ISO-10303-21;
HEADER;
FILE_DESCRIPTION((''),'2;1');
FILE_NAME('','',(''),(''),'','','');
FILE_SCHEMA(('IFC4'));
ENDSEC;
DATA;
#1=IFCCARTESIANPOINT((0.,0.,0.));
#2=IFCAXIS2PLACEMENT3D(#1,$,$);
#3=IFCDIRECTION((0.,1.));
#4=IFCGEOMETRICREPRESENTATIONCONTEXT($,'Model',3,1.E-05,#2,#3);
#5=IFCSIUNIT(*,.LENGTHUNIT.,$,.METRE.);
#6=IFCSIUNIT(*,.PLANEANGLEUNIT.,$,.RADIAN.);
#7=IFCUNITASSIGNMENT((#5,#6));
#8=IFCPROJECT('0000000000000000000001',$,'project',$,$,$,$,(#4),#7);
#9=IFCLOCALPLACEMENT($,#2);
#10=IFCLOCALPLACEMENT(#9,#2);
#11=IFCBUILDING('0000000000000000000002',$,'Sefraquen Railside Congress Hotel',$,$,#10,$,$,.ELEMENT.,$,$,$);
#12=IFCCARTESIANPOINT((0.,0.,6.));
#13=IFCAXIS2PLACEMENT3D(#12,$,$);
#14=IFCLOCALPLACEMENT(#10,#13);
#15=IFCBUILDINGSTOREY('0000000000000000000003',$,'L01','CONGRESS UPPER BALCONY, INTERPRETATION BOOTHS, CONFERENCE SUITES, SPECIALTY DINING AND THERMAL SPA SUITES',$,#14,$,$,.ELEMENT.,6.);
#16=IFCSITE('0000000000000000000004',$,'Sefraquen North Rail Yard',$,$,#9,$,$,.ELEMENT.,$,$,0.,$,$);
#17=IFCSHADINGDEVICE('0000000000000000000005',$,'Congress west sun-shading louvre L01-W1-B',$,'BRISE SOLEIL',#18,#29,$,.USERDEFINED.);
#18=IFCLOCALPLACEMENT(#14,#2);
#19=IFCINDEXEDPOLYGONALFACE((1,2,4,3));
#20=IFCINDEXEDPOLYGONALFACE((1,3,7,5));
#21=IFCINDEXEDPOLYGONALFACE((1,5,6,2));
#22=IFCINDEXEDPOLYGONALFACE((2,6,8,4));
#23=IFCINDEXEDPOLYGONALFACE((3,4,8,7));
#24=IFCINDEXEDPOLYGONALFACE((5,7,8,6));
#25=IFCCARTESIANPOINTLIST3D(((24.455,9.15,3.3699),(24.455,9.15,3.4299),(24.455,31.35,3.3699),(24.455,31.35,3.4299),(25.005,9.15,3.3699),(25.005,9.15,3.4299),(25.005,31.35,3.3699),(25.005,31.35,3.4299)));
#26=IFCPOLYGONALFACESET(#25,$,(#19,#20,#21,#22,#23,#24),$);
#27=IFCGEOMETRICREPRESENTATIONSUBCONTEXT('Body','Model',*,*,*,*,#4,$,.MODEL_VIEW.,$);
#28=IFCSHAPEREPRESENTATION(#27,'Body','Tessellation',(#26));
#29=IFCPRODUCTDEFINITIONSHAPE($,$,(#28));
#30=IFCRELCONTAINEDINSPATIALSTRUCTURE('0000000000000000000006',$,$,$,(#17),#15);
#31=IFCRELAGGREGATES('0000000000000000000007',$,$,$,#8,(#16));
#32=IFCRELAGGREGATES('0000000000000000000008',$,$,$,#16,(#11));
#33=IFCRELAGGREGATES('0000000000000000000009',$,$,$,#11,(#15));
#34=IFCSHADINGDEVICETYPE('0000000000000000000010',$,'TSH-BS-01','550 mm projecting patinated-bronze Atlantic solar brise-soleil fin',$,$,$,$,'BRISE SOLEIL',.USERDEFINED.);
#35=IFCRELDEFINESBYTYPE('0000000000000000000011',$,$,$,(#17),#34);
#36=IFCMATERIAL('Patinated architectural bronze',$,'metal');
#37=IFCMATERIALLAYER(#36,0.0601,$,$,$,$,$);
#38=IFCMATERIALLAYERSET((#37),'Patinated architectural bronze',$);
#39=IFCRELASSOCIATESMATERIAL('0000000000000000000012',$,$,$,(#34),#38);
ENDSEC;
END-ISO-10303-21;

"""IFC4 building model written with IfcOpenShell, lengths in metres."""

from ifc_helpers import new_model, si_unit, direction, frame, origin, origin_2d, place, context, subcontext, project, spatial, rectangle, extrude, material, layer, layer_set, type_object, element, save


model = new_model("IFC4")

# Units and contexts
model_context = context("Model", 3, precision=1e-05, world=origin(), true_north=direction((0.0, 1.0)))
body_context = subcontext(model_context, "Body", "Model", "MODEL_VIEW")
ifc_project = project(units=[si_unit("LENGTHUNIT", "METRE"), si_unit("PLANEANGLEUNIT", "RADIAN")], contexts=[model_context])

# Site, building, storey
site_placement = place(None, origin())
site = spatial("IfcSite", under=ifc_project, at=site_placement, Name="Sefraquen North Rail Yard", CompositionType="ELEMENT", RefElevation=0.0)
building_placement = place(site_placement, origin())
building = spatial("IfcBuilding", under=site, at=building_placement, Name="Sefraquen Railside Congress Hotel", CompositionType="ELEMENT")
storey_placement = place(building_placement, frame((0.0, 0.0, 6.0)))
storey = spatial("IfcBuildingStorey", under=building, at=storey_placement, Name="L01", Description="CONGRESS UPPER BALCONY, INTERPRETATION BOOTHS, CONFERENCE SUITES, SPECIALTY DINING AND THERMAL SPA SUITES", CompositionType="ELEMENT", Elevation=6.0)

# Shared definitions
ifc_material_1 = material(Name="Patinated architectural bronze", Category="metal")

# Shading device
ifc_layer_1 = layer(ifc_material_1, 0.0601)
ifc_layer_set_1 = layer_set([ifc_layer_1], Name="Patinated architectural bronze")
shading_device_type = type_object("IfcShadingDeviceType", Name="TSH-BS-01", Description="550 mm projecting patinated-bronze Atlantic solar brise-soleil fin", ElementType="BRISE SOLEIL", PredefinedType="USERDEFINED", material=ifc_layer_set_1)
for number, where, z_axis, x_axis, name in (
    (1, (24.73, 20.25, 3.3699), (0.0, 0.0, 1.0), (1.0, 0.0, 0.0), "Congress west sun-shading louvre L01-W1-B"),
):
    element("IfcShadingDevice", number, at=place(storey_placement, frame(where, z_axis=z_axis, x_axis=x_axis)), inside=storey, type_object=shading_device_type, Name=name, ObjectType="BRISE SOLEIL", PredefinedType="USERDEFINED", context=body_context, shape_type="SweptSolid", body=[
        extrude(rectangle(XDim=0.55, YDim=22.2, at=origin_2d()), origin(), (0.0, 0.0, 1.0), 0.0601),
    ])

save(model, "model.ifc")
